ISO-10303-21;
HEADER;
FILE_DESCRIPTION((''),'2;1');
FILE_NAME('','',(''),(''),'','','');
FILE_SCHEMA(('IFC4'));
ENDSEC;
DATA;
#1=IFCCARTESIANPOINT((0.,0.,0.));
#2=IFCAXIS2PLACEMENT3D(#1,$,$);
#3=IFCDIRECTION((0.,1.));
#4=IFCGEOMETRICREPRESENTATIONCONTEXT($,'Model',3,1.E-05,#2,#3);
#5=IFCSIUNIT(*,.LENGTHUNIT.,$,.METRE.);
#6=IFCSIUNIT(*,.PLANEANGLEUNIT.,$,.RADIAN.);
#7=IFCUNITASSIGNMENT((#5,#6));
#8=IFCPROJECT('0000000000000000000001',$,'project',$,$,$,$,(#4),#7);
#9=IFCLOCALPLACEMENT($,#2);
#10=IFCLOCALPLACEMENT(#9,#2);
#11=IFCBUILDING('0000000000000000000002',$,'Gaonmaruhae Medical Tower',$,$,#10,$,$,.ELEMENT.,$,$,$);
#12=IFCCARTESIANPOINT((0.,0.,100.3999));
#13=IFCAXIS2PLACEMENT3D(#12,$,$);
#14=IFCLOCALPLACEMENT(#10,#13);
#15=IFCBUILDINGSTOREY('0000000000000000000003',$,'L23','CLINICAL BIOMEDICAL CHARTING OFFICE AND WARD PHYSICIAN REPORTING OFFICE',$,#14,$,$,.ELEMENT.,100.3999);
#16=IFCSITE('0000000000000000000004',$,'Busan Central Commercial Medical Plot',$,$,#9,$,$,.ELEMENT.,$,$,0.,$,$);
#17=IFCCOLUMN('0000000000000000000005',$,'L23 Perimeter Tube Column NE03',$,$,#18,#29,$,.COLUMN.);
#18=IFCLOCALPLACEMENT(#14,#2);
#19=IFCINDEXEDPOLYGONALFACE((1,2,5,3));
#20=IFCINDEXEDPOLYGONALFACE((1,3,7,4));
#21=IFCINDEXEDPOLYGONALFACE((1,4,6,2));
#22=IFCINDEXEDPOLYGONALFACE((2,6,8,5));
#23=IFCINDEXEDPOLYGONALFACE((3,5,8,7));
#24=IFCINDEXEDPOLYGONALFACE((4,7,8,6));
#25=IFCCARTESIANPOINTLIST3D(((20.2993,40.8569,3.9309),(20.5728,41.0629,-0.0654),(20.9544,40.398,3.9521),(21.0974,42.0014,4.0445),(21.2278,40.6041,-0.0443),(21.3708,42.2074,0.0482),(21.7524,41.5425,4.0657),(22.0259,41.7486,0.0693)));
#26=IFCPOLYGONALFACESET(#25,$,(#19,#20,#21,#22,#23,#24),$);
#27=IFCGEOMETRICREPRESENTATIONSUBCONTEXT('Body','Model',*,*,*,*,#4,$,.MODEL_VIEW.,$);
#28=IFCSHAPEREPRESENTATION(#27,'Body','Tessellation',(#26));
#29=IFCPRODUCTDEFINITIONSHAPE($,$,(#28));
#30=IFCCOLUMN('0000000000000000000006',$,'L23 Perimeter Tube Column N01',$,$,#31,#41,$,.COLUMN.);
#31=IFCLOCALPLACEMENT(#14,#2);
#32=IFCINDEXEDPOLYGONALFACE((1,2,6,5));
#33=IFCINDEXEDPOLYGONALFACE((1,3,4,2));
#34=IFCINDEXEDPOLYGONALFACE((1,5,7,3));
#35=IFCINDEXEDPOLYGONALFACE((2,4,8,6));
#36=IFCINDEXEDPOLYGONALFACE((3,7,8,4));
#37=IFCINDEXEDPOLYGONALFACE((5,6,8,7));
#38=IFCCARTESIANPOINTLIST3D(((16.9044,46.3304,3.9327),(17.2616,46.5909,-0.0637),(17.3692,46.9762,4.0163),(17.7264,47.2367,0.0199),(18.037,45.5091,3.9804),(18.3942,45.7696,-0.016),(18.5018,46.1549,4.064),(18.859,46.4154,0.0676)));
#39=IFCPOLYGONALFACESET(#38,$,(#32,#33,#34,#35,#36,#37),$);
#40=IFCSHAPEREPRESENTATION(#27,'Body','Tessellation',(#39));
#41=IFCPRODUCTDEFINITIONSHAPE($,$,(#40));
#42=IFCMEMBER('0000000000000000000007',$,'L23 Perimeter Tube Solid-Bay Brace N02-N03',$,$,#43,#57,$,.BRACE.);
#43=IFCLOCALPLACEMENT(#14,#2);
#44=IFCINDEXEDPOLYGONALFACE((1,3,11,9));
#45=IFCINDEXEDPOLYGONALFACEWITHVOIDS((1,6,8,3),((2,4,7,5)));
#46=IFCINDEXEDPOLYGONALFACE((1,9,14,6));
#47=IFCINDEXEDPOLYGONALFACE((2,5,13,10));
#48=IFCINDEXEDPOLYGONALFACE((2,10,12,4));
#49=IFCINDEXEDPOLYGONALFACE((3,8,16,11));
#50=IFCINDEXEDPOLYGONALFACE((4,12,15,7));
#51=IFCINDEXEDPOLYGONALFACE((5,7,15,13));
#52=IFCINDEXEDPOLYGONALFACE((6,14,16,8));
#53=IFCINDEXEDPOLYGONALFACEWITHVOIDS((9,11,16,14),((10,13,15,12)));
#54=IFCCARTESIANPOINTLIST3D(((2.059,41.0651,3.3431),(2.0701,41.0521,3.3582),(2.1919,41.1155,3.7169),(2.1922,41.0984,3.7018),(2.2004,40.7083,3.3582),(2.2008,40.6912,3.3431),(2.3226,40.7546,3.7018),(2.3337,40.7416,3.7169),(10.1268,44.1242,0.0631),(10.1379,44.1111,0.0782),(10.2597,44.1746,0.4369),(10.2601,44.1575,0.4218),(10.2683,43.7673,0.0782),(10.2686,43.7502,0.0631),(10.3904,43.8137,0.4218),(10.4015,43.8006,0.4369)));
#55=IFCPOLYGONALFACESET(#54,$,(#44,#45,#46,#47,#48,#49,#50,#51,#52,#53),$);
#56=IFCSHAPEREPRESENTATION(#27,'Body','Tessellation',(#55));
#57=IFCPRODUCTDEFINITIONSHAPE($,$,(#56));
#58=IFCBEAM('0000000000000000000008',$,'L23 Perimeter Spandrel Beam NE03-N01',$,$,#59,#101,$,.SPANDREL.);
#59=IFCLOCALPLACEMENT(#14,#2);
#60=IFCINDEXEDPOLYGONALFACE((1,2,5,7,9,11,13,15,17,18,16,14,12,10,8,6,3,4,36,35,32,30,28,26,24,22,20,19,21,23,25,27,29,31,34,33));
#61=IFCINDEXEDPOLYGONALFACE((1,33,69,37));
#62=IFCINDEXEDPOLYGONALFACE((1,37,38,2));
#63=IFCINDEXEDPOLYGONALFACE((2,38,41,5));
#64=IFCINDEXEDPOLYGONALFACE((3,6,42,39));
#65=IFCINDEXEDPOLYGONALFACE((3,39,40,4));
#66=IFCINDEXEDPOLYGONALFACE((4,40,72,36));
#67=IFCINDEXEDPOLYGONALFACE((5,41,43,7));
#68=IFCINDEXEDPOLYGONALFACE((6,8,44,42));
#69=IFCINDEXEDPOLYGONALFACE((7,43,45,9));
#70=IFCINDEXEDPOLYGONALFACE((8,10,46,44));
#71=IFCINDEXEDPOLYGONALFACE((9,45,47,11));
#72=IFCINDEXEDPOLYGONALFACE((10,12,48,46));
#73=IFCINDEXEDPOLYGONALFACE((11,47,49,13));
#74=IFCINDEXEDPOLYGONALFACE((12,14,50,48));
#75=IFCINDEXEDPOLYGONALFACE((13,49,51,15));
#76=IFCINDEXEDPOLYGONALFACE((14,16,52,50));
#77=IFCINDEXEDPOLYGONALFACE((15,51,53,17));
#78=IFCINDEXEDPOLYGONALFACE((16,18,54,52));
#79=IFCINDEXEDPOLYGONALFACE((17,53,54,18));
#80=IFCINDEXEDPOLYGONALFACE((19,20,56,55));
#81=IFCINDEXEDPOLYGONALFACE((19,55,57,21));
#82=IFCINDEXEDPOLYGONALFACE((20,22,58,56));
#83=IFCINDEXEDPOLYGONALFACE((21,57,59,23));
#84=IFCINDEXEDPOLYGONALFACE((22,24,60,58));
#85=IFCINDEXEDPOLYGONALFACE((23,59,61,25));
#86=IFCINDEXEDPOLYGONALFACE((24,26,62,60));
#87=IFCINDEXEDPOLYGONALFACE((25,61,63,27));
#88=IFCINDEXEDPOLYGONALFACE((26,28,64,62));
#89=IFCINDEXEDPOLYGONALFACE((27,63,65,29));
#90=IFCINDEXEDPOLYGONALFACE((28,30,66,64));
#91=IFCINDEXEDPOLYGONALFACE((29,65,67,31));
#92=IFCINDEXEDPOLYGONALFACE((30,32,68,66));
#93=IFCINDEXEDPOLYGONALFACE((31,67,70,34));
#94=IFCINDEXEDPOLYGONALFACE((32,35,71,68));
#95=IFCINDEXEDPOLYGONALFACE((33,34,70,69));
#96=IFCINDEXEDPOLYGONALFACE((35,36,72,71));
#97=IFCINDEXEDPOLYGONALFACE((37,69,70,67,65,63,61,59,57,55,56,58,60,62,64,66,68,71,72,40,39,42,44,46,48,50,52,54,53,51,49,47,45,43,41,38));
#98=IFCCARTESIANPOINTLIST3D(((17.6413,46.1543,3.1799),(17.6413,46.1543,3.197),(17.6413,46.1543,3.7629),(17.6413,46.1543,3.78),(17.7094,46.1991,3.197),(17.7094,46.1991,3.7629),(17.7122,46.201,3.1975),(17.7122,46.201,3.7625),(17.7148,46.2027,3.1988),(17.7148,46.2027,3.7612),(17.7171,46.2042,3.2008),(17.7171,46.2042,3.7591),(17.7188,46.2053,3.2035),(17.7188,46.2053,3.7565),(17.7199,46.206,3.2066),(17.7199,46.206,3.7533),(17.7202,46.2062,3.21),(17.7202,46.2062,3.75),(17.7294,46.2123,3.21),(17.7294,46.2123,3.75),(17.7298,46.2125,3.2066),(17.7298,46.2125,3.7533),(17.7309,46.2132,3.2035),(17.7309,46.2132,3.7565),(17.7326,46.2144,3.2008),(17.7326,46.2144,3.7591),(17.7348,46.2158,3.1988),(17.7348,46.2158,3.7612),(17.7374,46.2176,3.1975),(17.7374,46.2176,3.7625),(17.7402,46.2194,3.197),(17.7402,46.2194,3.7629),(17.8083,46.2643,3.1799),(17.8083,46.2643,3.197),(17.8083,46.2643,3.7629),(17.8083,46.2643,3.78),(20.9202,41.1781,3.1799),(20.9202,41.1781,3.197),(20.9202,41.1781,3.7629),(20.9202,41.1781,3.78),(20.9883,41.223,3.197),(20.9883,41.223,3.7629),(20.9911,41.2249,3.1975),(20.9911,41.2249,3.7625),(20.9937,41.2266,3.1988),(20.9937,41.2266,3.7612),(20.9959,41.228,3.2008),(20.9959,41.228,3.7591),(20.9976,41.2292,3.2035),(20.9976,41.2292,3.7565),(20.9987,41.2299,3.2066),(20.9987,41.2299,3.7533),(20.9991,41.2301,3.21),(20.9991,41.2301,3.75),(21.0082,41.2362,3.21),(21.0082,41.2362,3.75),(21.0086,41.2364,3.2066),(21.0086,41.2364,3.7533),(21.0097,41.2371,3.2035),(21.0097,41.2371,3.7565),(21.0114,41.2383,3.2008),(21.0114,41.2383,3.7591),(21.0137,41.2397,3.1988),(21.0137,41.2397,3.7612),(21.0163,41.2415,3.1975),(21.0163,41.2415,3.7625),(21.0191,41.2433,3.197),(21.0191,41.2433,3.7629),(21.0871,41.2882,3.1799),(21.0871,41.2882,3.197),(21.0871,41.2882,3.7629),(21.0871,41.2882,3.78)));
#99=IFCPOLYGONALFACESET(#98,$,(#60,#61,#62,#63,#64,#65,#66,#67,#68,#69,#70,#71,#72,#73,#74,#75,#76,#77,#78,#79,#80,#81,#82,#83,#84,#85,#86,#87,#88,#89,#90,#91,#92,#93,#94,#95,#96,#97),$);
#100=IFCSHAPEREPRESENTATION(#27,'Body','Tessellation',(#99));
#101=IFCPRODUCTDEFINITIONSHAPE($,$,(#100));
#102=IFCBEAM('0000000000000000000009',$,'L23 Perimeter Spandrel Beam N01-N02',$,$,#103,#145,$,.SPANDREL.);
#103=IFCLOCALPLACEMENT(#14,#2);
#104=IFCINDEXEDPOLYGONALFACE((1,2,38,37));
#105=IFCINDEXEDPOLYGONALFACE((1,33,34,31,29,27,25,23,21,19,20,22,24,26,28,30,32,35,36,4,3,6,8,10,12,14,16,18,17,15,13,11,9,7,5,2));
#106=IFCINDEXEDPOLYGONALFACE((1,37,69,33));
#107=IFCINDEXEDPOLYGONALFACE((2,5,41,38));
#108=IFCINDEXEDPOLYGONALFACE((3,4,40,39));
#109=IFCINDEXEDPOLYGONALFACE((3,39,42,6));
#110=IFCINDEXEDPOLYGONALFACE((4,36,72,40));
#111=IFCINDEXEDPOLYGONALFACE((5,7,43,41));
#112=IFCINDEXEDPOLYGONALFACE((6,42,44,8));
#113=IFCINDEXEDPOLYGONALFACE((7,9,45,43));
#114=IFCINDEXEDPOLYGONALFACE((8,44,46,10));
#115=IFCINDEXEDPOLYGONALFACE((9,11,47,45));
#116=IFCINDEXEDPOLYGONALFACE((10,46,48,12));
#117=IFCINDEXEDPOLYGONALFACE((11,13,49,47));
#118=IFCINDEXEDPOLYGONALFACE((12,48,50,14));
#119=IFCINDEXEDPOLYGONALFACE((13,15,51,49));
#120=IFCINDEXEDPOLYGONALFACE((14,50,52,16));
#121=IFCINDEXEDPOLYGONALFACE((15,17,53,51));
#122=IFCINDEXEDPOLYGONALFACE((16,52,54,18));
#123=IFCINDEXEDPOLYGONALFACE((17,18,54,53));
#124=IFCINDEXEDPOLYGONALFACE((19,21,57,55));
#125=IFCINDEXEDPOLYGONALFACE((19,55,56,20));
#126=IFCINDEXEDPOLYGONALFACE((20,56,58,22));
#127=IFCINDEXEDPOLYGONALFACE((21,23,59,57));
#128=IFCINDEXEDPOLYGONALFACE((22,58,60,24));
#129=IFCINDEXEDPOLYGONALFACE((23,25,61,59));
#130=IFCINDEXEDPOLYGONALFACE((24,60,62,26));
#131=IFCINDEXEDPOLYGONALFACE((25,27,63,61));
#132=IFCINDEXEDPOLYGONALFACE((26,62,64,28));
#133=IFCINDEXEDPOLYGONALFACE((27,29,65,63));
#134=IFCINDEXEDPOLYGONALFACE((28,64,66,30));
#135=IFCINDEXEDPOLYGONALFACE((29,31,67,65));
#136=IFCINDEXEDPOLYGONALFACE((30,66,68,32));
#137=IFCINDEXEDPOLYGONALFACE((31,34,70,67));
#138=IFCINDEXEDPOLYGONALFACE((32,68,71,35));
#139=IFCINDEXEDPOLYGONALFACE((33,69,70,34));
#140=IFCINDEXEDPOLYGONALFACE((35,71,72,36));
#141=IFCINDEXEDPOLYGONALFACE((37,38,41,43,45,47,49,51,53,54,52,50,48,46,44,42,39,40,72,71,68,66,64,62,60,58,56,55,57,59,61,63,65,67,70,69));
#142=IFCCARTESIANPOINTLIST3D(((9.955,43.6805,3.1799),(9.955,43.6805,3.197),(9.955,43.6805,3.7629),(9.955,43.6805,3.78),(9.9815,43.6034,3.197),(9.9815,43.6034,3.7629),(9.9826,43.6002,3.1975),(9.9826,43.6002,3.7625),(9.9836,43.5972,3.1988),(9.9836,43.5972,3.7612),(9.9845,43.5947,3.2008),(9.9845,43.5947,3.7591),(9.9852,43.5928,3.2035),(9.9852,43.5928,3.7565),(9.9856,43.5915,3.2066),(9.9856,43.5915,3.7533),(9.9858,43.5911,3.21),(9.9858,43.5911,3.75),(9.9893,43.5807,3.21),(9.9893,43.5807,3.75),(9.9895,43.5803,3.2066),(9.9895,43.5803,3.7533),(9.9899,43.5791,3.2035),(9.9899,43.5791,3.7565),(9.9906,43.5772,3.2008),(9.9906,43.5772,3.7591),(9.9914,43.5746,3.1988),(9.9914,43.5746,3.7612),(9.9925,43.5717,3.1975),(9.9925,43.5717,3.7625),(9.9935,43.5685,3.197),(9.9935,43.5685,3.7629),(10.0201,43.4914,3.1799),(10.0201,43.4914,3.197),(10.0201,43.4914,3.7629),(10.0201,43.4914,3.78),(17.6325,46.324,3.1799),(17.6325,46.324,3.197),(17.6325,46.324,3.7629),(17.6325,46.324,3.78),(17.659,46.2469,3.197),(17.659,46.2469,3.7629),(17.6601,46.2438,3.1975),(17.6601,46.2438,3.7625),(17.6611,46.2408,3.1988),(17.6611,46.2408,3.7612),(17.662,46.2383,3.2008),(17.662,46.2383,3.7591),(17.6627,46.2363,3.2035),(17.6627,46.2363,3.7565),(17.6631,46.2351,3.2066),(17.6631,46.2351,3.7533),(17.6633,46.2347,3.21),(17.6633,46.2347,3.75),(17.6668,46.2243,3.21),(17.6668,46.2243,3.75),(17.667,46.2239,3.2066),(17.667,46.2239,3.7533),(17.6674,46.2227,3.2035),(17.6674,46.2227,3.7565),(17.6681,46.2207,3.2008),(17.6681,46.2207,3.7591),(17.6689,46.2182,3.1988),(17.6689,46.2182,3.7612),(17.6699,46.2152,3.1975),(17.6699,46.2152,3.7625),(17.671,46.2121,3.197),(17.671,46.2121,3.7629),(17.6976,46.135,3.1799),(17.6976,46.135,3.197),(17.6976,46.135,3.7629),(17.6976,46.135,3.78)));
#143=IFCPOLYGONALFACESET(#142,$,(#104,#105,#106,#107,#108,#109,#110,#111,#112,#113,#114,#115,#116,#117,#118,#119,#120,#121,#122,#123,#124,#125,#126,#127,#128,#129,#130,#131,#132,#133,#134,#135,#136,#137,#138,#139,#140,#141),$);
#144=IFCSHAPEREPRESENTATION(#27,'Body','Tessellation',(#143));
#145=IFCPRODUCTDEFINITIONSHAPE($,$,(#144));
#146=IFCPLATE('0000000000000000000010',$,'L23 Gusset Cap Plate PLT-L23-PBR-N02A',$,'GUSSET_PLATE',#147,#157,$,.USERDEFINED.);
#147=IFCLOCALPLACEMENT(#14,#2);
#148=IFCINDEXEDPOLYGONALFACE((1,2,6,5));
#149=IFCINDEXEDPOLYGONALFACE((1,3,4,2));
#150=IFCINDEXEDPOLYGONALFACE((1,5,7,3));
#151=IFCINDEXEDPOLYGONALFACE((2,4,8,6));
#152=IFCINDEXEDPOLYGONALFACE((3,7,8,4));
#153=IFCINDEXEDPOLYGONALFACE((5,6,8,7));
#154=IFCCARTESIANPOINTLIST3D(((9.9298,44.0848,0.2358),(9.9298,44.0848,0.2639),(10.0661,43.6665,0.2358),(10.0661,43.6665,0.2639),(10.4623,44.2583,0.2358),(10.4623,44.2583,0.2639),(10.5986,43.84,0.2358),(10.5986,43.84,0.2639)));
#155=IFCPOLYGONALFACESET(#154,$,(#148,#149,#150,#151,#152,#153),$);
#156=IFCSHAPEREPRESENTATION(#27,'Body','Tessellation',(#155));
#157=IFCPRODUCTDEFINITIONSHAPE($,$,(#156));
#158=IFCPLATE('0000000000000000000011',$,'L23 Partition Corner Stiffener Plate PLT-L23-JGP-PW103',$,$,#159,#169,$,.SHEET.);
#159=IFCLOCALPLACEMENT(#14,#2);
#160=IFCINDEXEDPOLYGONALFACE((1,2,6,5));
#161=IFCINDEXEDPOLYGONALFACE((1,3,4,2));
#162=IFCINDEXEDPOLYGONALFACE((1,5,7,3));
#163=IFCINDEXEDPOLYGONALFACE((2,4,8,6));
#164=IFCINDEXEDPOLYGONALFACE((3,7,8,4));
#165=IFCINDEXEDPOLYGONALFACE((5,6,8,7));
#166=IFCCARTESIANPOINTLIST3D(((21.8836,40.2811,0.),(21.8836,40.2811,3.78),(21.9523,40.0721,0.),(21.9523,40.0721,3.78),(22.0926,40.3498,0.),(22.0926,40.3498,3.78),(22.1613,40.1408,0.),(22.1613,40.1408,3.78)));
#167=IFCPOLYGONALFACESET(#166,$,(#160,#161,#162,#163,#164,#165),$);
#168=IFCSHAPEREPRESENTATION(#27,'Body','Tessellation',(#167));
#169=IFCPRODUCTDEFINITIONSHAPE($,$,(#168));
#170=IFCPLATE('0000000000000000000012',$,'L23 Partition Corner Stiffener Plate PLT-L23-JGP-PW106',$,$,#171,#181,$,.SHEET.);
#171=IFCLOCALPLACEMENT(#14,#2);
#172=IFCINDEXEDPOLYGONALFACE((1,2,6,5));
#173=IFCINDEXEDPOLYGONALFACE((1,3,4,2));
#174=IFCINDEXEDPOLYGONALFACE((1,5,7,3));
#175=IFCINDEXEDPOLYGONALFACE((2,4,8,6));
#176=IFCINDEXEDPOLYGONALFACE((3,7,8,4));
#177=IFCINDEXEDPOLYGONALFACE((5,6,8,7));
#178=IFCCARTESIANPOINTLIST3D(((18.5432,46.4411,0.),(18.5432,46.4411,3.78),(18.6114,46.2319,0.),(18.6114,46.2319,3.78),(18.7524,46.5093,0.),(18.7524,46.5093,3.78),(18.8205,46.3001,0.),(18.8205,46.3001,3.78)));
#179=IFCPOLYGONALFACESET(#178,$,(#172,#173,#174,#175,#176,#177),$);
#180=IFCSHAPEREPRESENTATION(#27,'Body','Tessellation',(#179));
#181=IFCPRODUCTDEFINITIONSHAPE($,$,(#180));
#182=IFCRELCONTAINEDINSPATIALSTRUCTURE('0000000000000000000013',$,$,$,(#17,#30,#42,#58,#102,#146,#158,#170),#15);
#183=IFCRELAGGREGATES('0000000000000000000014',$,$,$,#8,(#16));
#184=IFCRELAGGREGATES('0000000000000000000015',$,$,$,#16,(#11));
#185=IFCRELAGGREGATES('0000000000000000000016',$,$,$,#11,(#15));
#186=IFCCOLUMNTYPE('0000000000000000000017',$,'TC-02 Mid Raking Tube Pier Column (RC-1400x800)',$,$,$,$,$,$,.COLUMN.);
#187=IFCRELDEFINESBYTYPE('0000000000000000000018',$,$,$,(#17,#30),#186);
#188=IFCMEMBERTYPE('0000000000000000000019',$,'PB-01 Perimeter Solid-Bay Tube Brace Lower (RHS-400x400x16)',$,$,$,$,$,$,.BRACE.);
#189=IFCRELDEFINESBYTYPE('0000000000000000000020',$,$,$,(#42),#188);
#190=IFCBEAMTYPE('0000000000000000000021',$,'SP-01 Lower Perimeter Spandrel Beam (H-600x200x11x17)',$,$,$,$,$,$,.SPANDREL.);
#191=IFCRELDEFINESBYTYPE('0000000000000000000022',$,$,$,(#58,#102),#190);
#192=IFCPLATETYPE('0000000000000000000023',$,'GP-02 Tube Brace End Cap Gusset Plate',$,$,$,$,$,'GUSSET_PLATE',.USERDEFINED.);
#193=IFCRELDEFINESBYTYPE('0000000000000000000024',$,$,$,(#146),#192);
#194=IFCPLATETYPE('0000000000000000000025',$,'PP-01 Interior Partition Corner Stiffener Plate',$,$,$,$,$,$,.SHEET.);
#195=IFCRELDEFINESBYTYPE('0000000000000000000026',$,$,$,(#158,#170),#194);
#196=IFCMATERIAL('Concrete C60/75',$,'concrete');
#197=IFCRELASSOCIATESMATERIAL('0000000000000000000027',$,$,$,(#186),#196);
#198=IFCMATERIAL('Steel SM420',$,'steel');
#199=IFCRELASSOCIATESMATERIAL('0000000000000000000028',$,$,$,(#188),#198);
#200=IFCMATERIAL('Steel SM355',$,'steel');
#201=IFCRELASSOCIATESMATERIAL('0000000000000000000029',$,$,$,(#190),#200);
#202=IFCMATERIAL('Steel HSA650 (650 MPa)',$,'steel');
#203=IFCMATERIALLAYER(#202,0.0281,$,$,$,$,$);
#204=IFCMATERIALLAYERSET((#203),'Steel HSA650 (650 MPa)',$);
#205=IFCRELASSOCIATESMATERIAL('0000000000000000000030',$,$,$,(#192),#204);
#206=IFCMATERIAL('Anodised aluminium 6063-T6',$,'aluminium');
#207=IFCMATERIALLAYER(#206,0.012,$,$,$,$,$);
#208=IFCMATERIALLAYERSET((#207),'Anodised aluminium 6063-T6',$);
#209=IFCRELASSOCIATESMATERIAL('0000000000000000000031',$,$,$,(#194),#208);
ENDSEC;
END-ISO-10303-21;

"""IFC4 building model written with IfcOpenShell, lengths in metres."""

from ifc_helpers import new_model, si_unit, direction, frame, origin, origin_2d, place, context, subcontext, project, spatial, rectangle, hollow_rectangle, i_section, extrude, material, layer, layer_set, material_profile, profile_set, type_object, element, save


model = new_model("IFC4")

# Units and contexts
model_context = context("Model", 3, precision=1e-05, world=origin(), true_north=direction((0.0, 1.0)))
body_context = subcontext(model_context, "Body", "Model", "MODEL_VIEW")
ifc_project = project(units=[si_unit("LENGTHUNIT", "METRE"), si_unit("PLANEANGLEUNIT", "RADIAN")], contexts=[model_context])

# Site, building, storey
site_placement = place(None, origin())
site = spatial("IfcSite", under=ifc_project, at=site_placement, Name="Busan Central Commercial Medical Plot", CompositionType="ELEMENT", RefElevation=0.0)
building_placement = place(site_placement, origin())
building = spatial("IfcBuilding", under=site, at=building_placement, Name="Gaonmaruhae Medical Tower", CompositionType="ELEMENT")
storey_placement = place(building_placement, frame((0.0, 0.0, 100.3999)))
storey = spatial("IfcBuildingStorey", under=building, at=storey_placement, Name="L23", Description="CLINICAL BIOMEDICAL CHARTING OFFICE AND WARD PHYSICIAN REPORTING OFFICE", CompositionType="ELEMENT", Elevation=100.3999)

# Columns
ifc_material_1 = material(Name="Concrete C60/75", Category="concrete")
ifc_material_profile_1 = material_profile(ifc_material_1, rectangle(XDim=1.3999, YDim=0.8, at=origin_2d()), Name="RC-1400x800")
ifc_profile_set_1 = profile_set([ifc_material_profile_1], Name="Concrete C60/75")
column_type = type_object("IfcColumnType", Name="TC-02 Mid Raking Tube Pier Column (RC-1400x800)", PredefinedType="COLUMN", material=ifc_profile_set_1)
column_1_placement = place(storey_placement, frame((21.2993, 41.4058, 0.002), z_axis=(-0.068172, -0.051373, 0.99635), x_axis=(0.570081, 0.81757, 0.081161)))
element("IfcColumn", 1, at=column_1_placement, inside=storey, type_object=column_type, Name="L23 Perimeter Tube Column NE03", PredefinedType="COLUMN", context=body_context, shape_type="SweptSolid", body=[
    extrude(rectangle(XDim=1.3999, YDim=0.8, at=origin_2d()), origin(), (0.0, 0.0, 1.0), 4.011),
])
column_2_placement = place(storey_placement, frame((18.0603, 46.5032, 0.002), z_axis=(-0.088834, -0.064789, 0.993937), x_axis=(0.809078, -0.586714, 0.034068)))
element("IfcColumn", 2, at=column_2_placement, inside=storey, type_object=column_type, Name="L23 Perimeter Tube Column N01", PredefinedType="COLUMN", context=body_context, shape_type="SweptSolid", body=[
    extrude(rectangle(XDim=1.3999, YDim=0.8, at=origin_2d()), origin(), (0.0, 0.0, 1.0), 4.0208),
])

# Member
ifc_material_2 = material(Name="Steel SM420", Category="steel")
ifc_material_profile_2 = material_profile(ifc_material_2, hollow_rectangle(XDim=0.3999, YDim=0.3999, WallThickness=0.0161, at=origin_2d()), Name="RHS-400x400x16")
ifc_profile_set_2 = profile_set([ifc_material_profile_2], Name="Steel SM420")
member_type = type_object("IfcMemberType", Name="PB-01 Perimeter Solid-Bay Tube Brace Lower (RHS-400x400x16)", PredefinedType="BRACE", material=ifc_profile_set_2)
member_placement = place(storey_placement, frame((10.2642, 43.9624, 0.25), z_axis=(-0.874019, -0.331401, 0.355336), x_axis=(0.354538, -0.935042, 0.0)))
element("IfcMember", 3, at=member_placement, inside=storey, type_object=member_type, Name="L23 Perimeter Tube Solid-Bay Brace N02-N03", PredefinedType="BRACE", context=body_context, shape_type="SweptSolid", body=[
    extrude(hollow_rectangle(XDim=0.3999, YDim=0.3999, WallThickness=0.0161, at=origin_2d()), origin(), (0.0, 0.0, 1.0), 9.2307),
])

# Beams
ifc_material_3 = material(Name="Steel SM355", Category="steel")
ifc_material_profile_3 = material_profile(ifc_material_3, i_section(OverallWidth=0.2, OverallDepth=0.6001, WebThickness=0.011, FlangeThickness=0.0171, FilletRadius=0.0129, at=origin_2d()), Name="H-600x200x11x17")
ifc_profile_set_3 = profile_set([ifc_material_profile_3], Name="Steel SM355")
beam_type = type_object("IfcBeamType", Name="SP-01 Lower Perimeter Spandrel Beam (H-600x200x11x17)", PredefinedType="SPANDREL", material=ifc_profile_set_3)
beam_1_placement = place(storey_placement, frame((21.0037, 41.2332, 3.48), z_axis=(-0.550211, 0.835026, 0.0), x_axis=(-0.835026, -0.550211, 0.0)))
element("IfcBeam", 4, at=beam_1_placement, inside=storey, type_object=beam_type, Name="L23 Perimeter Spandrel Beam NE03-N01", PredefinedType="SPANDREL", context=body_context, shape_type="SweptSolid", body=[
    extrude(i_section(OverallWidth=0.2, OverallDepth=0.6001, WebThickness=0.011, FlangeThickness=0.0171, FilletRadius=0.0129, at=origin_2d()), origin(), (0.0, 0.0, 1.0), 5.9592),
])
beam_2_placement = place(storey_placement, frame((17.665, 46.2295, 3.48), z_axis=(-0.945519, -0.325566, 0.0), x_axis=(0.325566, -0.945519, 0.0)))
element("IfcBeam", 5, at=beam_2_placement, inside=storey, type_object=beam_type, Name="L23 Perimeter Spandrel Beam N01-N02", PredefinedType="SPANDREL", context=body_context, shape_type="SweptSolid", body=[
    extrude(i_section(OverallWidth=0.2, OverallDepth=0.6001, WebThickness=0.011, FlangeThickness=0.0171, FilletRadius=0.0129, at=origin_2d()), origin(), (0.0, 0.0, 1.0), 8.1199),
])

# Plates
ifc_material_4 = material(Name="Steel HSA650 (650 MPa)", Category="steel")
ifc_layer_1 = layer(ifc_material_4, 0.0281)
ifc_layer_set_1 = layer_set([ifc_layer_1], Name="Steel HSA650 (650 MPa)")
plate_type_1 = type_object("IfcPlateType", Name="GP-02 Tube Brace End Cap Gusset Plate", ElementType="GUSSET_PLATE", PredefinedType="USERDEFINED", material=ifc_layer_set_1)
plate_placement = place(storey_placement, frame((10.2642, 43.9624, 0.2358), z_axis=(0.0, 0.0, 1.0), x_axis=(0.950786, 0.309847, 0.0)))
element("IfcPlate", 6, at=plate_placement, inside=storey, type_object=plate_type_1, Name="L23 Gusset Cap Plate PLT-L23-PBR-N02A", ObjectType="GUSSET_PLATE", PredefinedType="USERDEFINED", context=body_context, shape_type="SweptSolid", body=[
    extrude(rectangle(XDim=0.5601, YDim=0.4399, at=origin_2d()), origin(), (0.0, 0.0, 1.0), 0.0281),
])
ifc_material_5 = material(Name="Anodised aluminium 6063-T6", Category="aluminium")
ifc_layer_2 = layer(ifc_material_5, 0.012)
ifc_layer_set_2 = layer_set([ifc_layer_2], Name="Anodised aluminium 6063-T6")
plate_type_2 = type_object("IfcPlateType", Name="PP-01 Interior Partition Corner Stiffener Plate", PredefinedType="SHEET", material=ifc_layer_set_2)
for number, where, z_axis, x_axis, name in (
    (7, (22.0225, 40.2109, 0.0), (0.0, 0.0, 1.0), (-0.950043, -0.312119, 0.0), "L23 Partition Corner Stiffener Plate PLT-L23-JGP-PW103"),
    (8, (18.6819, 46.3706, 0.0), (0.0, 0.0, 1.0), (0.309996, -0.950738, 0.0), "L23 Partition Corner Stiffener Plate PLT-L23-JGP-PW106"),
):
    element("IfcPlate", number, at=place(storey_placement, frame(where, z_axis=z_axis, x_axis=x_axis)), inside=storey, type_object=plate_type_2, Name=name, PredefinedType="SHEET", context=body_context, shape_type="SweptSolid", body=[
        extrude(rectangle(XDim=0.22, YDim=0.22, at=origin_2d()), origin(), (0.0, 0.0, 1.0), 3.78),
    ])

save(model, "model.ifc")
